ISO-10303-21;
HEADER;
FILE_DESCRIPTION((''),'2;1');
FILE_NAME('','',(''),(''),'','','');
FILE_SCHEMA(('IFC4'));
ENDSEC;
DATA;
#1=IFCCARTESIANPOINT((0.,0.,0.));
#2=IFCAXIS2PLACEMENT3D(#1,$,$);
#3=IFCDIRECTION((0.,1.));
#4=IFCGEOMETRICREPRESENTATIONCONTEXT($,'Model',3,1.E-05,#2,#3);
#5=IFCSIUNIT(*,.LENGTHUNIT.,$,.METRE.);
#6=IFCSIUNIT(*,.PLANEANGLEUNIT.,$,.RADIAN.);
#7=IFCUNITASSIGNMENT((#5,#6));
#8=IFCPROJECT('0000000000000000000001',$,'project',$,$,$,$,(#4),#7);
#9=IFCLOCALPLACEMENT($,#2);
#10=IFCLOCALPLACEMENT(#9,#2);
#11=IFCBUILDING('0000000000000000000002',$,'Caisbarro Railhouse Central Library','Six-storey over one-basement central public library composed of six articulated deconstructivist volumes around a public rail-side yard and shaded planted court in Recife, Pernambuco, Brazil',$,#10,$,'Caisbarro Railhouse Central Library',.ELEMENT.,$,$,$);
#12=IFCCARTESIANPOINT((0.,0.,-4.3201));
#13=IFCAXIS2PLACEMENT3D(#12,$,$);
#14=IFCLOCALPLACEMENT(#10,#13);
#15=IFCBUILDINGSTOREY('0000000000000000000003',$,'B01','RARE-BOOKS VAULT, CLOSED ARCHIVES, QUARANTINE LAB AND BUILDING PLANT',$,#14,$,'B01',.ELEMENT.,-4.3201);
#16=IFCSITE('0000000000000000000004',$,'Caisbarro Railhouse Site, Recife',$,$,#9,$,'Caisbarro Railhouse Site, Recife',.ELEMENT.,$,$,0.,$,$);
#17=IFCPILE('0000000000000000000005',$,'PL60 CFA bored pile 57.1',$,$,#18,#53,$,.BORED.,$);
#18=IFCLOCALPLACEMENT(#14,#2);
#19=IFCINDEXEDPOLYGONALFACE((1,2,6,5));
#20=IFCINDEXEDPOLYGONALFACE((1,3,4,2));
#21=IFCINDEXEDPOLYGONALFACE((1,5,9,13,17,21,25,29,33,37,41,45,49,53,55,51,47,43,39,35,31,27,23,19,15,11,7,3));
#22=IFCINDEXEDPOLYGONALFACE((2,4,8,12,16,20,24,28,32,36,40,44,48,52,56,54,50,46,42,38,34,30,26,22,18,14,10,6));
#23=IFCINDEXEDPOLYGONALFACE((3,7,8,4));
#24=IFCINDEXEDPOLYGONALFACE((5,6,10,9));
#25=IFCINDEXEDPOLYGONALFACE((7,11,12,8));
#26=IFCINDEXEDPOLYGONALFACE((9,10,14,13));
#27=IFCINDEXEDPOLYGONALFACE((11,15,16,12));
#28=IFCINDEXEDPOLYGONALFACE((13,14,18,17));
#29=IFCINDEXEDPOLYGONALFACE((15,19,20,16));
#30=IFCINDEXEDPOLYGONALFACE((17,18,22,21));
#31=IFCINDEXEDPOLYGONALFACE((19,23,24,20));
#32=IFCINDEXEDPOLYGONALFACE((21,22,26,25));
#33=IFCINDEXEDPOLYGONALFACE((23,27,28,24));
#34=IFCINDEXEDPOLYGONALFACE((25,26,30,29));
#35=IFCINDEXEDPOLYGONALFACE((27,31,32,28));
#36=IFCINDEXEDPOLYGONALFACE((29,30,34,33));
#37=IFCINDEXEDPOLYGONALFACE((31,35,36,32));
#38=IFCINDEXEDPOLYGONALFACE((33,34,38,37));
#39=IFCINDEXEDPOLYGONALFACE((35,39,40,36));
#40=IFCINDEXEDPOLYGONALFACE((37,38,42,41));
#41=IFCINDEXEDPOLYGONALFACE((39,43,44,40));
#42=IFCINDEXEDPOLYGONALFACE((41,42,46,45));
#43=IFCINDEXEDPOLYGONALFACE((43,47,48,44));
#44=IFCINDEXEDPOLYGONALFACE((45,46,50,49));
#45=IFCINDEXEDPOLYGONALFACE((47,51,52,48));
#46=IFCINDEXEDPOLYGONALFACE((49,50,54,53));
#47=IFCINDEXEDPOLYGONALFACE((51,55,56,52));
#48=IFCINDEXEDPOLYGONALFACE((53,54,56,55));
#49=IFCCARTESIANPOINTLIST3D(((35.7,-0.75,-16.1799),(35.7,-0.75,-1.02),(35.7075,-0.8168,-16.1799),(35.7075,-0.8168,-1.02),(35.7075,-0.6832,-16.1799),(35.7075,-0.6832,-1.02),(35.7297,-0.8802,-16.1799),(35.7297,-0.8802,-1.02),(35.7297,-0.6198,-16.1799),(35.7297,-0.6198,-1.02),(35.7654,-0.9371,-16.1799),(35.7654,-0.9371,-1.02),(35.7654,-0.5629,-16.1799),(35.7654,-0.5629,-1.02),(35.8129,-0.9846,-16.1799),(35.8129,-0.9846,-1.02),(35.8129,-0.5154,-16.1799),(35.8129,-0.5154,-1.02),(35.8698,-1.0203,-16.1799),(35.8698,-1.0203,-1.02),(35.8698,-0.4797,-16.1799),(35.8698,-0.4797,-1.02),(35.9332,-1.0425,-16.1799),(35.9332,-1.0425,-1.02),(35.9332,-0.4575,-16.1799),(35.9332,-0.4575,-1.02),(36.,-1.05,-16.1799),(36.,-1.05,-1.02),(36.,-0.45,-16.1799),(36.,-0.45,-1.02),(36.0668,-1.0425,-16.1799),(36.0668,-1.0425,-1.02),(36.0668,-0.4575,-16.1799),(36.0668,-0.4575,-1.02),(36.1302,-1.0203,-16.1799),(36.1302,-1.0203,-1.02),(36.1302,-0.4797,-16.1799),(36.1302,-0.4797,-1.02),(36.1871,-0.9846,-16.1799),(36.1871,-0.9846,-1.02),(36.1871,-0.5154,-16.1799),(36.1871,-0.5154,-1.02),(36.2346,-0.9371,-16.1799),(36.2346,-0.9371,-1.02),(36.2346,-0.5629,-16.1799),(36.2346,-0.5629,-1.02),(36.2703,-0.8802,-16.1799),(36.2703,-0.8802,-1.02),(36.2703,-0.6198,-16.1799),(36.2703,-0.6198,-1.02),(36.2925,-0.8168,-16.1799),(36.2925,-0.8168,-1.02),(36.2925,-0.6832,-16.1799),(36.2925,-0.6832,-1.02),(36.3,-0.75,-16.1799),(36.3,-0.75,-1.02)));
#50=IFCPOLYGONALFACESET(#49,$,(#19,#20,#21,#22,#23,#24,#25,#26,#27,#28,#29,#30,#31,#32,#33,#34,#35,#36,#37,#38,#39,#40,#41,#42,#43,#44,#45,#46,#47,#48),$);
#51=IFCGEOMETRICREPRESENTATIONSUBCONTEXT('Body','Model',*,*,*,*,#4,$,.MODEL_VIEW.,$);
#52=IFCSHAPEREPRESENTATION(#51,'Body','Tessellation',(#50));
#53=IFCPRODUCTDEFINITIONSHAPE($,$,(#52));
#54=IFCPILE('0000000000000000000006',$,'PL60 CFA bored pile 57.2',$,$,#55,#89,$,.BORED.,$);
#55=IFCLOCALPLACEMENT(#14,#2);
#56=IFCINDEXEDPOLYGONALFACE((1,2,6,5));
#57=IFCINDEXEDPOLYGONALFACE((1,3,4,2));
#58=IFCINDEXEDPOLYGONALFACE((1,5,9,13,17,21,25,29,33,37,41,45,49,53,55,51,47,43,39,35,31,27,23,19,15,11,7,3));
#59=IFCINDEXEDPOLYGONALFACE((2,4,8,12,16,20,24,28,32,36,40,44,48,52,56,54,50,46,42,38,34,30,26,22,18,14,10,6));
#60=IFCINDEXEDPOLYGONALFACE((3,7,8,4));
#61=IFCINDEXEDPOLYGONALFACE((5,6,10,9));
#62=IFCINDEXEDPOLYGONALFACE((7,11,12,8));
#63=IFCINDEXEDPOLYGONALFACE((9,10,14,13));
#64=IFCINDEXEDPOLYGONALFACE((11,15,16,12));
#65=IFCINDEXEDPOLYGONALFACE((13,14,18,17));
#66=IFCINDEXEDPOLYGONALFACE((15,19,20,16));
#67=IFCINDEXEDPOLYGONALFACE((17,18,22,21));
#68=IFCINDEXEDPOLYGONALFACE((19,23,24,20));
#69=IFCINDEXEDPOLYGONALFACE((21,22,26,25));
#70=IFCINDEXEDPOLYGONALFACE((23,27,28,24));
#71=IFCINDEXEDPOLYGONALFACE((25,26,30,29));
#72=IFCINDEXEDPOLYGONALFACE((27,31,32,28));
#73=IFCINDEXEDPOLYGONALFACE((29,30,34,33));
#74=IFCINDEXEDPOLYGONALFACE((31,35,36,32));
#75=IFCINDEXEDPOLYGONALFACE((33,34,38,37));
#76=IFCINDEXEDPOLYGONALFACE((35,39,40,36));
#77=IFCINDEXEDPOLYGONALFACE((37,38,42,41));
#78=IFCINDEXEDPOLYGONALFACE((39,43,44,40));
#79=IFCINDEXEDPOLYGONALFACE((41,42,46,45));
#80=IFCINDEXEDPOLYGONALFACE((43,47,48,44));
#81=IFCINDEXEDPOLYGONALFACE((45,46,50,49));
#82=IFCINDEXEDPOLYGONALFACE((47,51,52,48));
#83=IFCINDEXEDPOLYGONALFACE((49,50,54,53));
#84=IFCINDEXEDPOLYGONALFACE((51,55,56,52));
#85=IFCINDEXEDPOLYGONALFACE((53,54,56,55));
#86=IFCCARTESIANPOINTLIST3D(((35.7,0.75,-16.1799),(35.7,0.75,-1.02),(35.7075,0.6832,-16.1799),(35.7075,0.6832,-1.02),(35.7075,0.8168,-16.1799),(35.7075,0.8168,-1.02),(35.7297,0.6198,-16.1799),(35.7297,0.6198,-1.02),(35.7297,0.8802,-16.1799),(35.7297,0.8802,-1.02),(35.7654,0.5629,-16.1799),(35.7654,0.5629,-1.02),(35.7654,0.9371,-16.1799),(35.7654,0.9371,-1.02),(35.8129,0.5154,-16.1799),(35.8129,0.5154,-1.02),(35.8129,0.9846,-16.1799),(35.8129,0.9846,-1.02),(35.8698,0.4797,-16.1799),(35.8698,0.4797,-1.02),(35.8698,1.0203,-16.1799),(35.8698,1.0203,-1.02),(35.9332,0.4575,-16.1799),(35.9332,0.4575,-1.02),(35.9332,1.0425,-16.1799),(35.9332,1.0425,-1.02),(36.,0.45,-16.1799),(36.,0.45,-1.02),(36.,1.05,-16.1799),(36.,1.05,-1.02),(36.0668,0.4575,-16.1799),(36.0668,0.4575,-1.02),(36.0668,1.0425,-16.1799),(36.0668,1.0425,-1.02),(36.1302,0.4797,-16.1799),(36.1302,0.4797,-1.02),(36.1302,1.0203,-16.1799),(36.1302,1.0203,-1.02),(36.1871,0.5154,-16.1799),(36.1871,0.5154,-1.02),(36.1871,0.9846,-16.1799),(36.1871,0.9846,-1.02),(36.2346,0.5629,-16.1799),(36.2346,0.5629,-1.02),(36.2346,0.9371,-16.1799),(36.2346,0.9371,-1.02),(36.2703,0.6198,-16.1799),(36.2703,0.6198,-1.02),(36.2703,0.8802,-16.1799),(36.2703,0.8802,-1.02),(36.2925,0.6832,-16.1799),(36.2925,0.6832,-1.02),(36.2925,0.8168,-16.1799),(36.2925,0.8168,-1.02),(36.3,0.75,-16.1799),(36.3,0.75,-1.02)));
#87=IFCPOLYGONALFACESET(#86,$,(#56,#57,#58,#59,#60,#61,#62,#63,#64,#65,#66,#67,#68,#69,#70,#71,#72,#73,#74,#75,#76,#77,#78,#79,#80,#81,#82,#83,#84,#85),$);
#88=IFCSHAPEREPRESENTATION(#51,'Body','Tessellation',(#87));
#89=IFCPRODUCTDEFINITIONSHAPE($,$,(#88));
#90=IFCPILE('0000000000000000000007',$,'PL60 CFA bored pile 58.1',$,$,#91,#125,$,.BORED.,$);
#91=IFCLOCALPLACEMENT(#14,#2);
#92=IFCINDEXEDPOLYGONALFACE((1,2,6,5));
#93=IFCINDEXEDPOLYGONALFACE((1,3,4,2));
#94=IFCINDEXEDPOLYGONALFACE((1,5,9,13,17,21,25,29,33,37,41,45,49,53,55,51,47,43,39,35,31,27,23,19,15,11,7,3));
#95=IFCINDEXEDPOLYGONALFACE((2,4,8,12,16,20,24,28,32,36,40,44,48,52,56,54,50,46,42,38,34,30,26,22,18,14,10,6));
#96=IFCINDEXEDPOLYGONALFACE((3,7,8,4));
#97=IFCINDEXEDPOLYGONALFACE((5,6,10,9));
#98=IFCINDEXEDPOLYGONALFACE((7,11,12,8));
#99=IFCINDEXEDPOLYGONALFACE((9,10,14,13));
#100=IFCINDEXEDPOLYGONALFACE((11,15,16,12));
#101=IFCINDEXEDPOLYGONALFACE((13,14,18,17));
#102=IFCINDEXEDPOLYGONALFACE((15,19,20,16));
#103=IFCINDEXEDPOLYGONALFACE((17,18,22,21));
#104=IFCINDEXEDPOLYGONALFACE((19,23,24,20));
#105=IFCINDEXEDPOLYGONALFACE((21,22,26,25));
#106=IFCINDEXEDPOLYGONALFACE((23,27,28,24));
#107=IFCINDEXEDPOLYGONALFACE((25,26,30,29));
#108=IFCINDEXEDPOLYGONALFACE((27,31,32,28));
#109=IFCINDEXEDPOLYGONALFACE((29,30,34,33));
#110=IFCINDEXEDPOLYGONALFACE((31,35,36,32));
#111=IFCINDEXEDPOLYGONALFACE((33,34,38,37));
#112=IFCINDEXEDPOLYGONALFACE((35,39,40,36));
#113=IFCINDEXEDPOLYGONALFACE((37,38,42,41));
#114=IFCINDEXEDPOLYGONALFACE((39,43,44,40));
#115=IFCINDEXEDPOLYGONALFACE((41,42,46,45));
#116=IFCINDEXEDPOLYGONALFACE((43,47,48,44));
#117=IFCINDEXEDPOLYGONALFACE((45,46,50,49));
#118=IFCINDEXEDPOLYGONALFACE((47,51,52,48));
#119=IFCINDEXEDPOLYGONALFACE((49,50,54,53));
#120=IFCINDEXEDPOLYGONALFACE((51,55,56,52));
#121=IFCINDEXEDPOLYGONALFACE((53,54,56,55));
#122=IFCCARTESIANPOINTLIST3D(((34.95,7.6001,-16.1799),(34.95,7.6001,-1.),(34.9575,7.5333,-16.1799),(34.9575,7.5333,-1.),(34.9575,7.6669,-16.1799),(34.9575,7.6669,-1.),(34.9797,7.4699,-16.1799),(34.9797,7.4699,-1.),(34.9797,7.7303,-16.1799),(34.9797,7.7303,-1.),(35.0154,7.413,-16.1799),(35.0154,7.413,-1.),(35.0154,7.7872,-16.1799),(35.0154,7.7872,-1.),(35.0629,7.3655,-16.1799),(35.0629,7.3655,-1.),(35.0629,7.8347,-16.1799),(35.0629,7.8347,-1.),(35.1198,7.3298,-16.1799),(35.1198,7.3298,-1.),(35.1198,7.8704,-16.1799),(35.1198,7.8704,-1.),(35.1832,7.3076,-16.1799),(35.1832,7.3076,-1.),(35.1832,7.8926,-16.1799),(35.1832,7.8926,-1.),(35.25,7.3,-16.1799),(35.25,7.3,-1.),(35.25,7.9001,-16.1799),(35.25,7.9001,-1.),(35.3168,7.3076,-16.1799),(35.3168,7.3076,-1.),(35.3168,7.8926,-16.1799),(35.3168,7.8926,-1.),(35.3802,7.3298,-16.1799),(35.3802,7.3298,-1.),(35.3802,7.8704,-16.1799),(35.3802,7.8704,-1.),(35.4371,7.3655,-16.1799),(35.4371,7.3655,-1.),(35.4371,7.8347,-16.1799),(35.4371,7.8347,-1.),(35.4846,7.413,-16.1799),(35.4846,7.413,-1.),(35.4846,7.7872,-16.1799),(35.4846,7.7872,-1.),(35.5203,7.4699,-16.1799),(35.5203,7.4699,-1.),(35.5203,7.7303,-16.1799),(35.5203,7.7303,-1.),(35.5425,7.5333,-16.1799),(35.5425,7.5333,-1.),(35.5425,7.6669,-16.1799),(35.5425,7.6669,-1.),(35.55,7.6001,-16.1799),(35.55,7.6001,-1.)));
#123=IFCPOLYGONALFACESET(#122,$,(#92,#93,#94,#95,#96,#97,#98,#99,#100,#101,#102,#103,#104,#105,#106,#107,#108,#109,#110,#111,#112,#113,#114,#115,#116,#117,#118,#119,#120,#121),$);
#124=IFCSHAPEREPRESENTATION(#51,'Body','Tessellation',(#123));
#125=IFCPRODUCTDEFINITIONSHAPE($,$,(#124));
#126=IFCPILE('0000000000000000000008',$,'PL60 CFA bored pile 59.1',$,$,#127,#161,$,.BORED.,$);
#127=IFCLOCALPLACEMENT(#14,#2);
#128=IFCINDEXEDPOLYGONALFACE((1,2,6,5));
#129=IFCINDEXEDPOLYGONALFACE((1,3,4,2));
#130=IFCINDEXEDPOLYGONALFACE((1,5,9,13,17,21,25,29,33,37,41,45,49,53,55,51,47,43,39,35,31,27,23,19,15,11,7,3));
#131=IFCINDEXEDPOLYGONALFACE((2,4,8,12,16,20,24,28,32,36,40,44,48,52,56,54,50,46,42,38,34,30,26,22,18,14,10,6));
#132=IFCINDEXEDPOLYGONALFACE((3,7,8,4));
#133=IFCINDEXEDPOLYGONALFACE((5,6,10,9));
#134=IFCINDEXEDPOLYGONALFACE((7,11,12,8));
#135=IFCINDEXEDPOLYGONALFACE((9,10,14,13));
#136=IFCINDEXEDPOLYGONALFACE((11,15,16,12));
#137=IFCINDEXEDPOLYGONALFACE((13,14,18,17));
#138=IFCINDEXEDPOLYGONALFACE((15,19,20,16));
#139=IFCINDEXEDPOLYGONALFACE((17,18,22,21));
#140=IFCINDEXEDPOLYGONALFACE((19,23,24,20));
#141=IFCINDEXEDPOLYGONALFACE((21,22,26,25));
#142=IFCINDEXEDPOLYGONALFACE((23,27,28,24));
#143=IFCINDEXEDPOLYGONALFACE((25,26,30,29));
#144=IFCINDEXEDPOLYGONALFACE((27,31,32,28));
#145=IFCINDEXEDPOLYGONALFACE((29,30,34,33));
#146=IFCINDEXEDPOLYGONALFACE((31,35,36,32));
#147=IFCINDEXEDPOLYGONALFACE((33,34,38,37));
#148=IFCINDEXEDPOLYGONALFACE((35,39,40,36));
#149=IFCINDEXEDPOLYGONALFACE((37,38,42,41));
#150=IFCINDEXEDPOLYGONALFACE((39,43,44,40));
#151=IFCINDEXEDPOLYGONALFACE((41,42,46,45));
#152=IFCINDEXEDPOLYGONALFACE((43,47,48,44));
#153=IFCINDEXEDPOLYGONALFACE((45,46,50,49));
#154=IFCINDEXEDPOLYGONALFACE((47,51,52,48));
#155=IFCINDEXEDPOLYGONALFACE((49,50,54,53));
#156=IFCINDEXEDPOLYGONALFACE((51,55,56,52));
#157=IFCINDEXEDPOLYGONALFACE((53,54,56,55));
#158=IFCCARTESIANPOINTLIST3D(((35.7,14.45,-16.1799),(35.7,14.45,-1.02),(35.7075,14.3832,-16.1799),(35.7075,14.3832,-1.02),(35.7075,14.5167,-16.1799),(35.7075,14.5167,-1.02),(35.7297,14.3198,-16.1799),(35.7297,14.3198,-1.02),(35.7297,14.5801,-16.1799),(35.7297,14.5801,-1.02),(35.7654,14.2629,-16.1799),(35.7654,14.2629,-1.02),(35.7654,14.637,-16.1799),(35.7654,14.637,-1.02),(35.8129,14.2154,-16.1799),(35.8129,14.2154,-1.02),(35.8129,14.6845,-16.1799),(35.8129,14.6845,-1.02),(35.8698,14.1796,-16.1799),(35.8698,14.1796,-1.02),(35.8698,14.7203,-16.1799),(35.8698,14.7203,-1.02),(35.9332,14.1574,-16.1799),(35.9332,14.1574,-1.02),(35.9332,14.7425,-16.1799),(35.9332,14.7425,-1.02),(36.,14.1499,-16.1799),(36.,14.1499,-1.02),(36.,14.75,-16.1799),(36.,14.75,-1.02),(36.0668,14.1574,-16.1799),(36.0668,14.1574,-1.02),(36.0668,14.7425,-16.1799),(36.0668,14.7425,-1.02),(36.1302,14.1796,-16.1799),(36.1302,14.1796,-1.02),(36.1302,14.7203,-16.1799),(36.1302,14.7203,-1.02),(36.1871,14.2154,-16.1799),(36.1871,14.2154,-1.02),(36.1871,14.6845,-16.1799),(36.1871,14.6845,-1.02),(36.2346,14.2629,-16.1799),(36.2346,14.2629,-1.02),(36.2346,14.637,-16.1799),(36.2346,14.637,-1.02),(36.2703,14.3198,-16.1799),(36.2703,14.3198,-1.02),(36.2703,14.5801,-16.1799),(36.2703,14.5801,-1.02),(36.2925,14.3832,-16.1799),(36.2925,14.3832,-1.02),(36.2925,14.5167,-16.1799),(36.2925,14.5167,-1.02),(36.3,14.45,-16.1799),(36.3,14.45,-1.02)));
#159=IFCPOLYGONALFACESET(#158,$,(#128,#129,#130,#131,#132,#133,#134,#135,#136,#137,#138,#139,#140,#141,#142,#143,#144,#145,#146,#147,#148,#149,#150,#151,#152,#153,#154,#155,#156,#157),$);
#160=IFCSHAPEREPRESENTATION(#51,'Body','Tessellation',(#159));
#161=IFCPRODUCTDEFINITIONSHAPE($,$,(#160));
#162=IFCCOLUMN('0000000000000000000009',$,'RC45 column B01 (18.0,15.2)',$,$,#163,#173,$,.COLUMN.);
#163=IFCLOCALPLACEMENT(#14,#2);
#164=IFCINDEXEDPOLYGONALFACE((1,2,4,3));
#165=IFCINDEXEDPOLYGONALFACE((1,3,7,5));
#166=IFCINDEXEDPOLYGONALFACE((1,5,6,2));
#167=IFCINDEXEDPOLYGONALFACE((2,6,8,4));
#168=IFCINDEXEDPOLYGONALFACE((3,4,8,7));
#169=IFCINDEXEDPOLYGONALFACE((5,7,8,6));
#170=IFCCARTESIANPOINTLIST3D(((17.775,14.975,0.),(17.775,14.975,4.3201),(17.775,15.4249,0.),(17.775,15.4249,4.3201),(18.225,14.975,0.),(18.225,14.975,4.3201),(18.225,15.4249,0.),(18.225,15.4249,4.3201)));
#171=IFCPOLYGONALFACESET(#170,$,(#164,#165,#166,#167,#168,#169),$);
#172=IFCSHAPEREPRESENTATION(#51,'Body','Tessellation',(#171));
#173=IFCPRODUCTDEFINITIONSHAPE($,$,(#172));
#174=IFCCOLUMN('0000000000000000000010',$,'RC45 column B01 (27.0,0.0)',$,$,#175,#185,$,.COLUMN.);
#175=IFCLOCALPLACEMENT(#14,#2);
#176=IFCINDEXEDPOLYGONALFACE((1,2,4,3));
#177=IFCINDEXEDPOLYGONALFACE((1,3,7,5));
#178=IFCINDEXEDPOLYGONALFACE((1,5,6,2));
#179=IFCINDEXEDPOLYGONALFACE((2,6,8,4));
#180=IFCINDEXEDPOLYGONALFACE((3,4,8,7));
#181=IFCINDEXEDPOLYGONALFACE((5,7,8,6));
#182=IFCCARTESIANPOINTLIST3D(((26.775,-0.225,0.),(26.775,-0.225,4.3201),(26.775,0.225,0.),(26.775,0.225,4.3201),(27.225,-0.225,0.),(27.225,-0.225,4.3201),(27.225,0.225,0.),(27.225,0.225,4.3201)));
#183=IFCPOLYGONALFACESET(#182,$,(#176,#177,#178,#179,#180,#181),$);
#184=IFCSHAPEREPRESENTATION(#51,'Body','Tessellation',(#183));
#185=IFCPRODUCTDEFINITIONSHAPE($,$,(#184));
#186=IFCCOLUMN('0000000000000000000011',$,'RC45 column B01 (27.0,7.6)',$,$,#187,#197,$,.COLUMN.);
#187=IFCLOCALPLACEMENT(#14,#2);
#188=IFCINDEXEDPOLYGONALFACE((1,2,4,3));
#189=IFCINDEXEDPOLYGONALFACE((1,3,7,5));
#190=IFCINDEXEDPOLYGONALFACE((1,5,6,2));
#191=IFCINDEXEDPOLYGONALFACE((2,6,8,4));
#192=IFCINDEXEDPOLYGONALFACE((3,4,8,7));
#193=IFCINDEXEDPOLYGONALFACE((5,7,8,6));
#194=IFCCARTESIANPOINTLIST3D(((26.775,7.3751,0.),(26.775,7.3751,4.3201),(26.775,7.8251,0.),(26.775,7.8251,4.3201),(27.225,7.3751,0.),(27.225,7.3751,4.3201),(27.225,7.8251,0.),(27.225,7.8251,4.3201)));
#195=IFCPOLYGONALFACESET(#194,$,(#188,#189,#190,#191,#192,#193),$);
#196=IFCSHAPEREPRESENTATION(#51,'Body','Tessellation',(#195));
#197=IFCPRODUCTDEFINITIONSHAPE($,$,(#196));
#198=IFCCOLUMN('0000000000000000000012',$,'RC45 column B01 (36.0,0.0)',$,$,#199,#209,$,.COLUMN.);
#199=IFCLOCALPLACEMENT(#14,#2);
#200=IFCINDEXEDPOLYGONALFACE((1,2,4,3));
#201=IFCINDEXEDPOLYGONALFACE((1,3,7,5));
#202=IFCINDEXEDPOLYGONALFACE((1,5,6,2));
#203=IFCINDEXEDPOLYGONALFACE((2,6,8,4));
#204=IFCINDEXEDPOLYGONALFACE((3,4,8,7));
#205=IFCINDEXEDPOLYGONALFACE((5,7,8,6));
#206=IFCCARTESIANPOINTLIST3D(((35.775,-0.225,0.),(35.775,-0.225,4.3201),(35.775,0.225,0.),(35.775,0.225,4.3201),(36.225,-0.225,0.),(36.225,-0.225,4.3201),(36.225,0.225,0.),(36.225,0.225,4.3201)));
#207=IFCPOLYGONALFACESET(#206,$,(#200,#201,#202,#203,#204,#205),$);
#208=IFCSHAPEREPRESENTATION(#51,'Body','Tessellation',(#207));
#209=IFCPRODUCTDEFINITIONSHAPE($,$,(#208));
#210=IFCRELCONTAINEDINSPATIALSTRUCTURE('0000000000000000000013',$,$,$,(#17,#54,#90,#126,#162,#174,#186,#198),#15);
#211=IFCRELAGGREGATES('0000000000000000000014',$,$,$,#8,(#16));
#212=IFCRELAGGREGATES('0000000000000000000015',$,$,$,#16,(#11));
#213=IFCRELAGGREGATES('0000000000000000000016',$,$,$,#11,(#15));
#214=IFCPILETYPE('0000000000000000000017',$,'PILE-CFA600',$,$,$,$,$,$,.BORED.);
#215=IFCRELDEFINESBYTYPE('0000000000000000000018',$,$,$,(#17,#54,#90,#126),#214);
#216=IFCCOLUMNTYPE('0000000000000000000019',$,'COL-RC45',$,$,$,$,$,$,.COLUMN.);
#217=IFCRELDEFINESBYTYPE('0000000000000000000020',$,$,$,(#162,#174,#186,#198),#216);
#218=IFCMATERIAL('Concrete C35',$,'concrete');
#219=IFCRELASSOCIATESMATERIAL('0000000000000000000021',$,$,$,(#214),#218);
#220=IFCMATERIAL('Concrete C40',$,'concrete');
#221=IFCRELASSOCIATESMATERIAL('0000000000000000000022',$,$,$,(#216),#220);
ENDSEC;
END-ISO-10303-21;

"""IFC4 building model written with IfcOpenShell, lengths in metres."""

from ifc_helpers import new_model, si_unit, direction, frame, origin, origin_2d, place, context, subcontext, project, spatial, rectangle, circle, extrude, material, material_profile, profile_set, type_object, element, save


model = new_model("IFC4")

# Units and contexts
model_context = context("Model", 3, precision=1e-05, world=origin(), true_north=direction((0.0, 1.0)))
body_context = subcontext(model_context, "Body", "Model", "MODEL_VIEW")
ifc_project = project(units=[si_unit("LENGTHUNIT", "METRE"), si_unit("PLANEANGLEUNIT", "RADIAN")], contexts=[model_context])

# Site, building, storey
site_placement = place(None, origin())
site = spatial("IfcSite", under=ifc_project, at=site_placement, Name="Caisbarro Railhouse Site, Recife", LongName="Caisbarro Railhouse Site, Recife", CompositionType="ELEMENT", RefElevation=0.0)
building_placement = place(site_placement, origin())
building = spatial("IfcBuilding", under=site, at=building_placement, Name="Caisbarro Railhouse Central Library", Description="Six-storey over one-basement central public library composed of six articulated deconstructivist volumes around a public rail-side yard and shaded planted court in Recife, Pernambuco, Brazil", LongName="Caisbarro Railhouse Central Library", CompositionType="ELEMENT")
storey_placement = place(building_placement, frame((0.0, 0.0, -4.3201)))
storey = spatial("IfcBuildingStorey", under=building, at=storey_placement, Name="B01", Description="RARE-BOOKS VAULT, CLOSED ARCHIVES, QUARANTINE LAB AND BUILDING PLANT", LongName="B01", CompositionType="ELEMENT", Elevation=-4.3201)

# Shared definitions
ifc_material_1 = material(Name="Concrete C35", Category="concrete")
ifc_material_2 = material(Name="Concrete C40", Category="concrete")

# Piles
ifc_material_profile_1 = material_profile(ifc_material_1, circle(Radius=0.3, at=origin_2d()), Name="PILE-CFA-600")
ifc_profile_set_1 = profile_set([ifc_material_profile_1], Name="Concrete C35")
pile_type = type_object("IfcPileType", Name="PILE-CFA600", PredefinedType="BORED", material=ifc_profile_set_1)
for number, where, z_axis, x_axis, name in (
    (1, (36.0, -0.75, -1.02), (0.0, 0.0, -1.0), (1.0, 0.0, 0.0), "PL60 CFA bored pile 57.1"),
    (2, (36.0, 0.75, -1.02), (0.0, 0.0, -1.0), (1.0, 0.0, 0.0), "PL60 CFA bored pile 57.2"),
):
    element("IfcPile", number, at=place(storey_placement, frame(where, z_axis=z_axis, x_axis=x_axis)), inside=storey, type_object=pile_type, Name=name, PredefinedType="BORED", context=body_context, shape_type="SweptSolid", body=[
        extrude(circle(Radius=0.3, at=origin_2d()), origin(), (0.0, 0.0, 1.0), 15.1599),
    ])
pile_1_placement = place(storey_placement, frame((35.25, 7.6001, -1.0), z_axis=(0.0, 0.0, -1.0), x_axis=(1.0, 0.0, 0.0)))
element("IfcPile", 3, at=pile_1_placement, inside=storey, type_object=pile_type, Name="PL60 CFA bored pile 58.1", PredefinedType="BORED", context=body_context, shape_type="SweptSolid", body=[
    extrude(circle(Radius=0.3, at=origin_2d()), origin(), (0.0, 0.0, 1.0), 15.1799),
])
pile_2_placement = place(storey_placement, frame((36.0, 14.45, -1.02), z_axis=(0.0, 0.0, -1.0), x_axis=(1.0, 0.0, 0.0)))
element("IfcPile", 4, at=pile_2_placement, inside=storey, type_object=pile_type, Name="PL60 CFA bored pile 59.1", PredefinedType="BORED", context=body_context, shape_type="SweptSolid", body=[
    extrude(circle(Radius=0.3, at=origin_2d()), origin(), (0.0, 0.0, 1.0), 15.1599),
])

# Columns
ifc_material_profile_2 = material_profile(ifc_material_2, rectangle(XDim=0.45, YDim=0.45, at=origin_2d()), Name="RC-COL-450X450")
ifc_profile_set_2 = profile_set([ifc_material_profile_2], Name="Concrete C40")
column_type = type_object("IfcColumnType", Name="COL-RC45", PredefinedType="COLUMN", material=ifc_profile_set_2)
for number, where, z_axis, x_axis, name in (
    (5, (18.0, 15.2, 0.0), (0.0, 0.0, 1.0), (1.0, 0.0, 0.0), "RC45 column B01 (18.0,15.2)"),
    (6, (27.0, 0.0, 0.0), (0.0, 0.0, 1.0), (1.0, 0.0, 0.0), "RC45 column B01 (27.0,0.0)"),
    (7, (27.0, 7.6001, 0.0), (0.0, 0.0, 1.0), (1.0, 0.0, 0.0), "RC45 column B01 (27.0,7.6)"),
    (8, (36.0, 0.0, 0.0), (0.0, 0.0, 1.0), (1.0, 0.0, 0.0), "RC45 column B01 (36.0,0.0)"),
):
    element("IfcColumn", number, at=place(storey_placement, frame(where, z_axis=z_axis, x_axis=x_axis)), inside=storey, type_object=column_type, Name=name, PredefinedType="COLUMN", context=body_context, shape_type="SweptSolid", body=[
        extrude(rectangle(XDim=0.45, YDim=0.45, at=origin_2d()), origin(), (0.0, 0.0, 1.0), 4.3201),
    ])

save(model, "model.ifc")
